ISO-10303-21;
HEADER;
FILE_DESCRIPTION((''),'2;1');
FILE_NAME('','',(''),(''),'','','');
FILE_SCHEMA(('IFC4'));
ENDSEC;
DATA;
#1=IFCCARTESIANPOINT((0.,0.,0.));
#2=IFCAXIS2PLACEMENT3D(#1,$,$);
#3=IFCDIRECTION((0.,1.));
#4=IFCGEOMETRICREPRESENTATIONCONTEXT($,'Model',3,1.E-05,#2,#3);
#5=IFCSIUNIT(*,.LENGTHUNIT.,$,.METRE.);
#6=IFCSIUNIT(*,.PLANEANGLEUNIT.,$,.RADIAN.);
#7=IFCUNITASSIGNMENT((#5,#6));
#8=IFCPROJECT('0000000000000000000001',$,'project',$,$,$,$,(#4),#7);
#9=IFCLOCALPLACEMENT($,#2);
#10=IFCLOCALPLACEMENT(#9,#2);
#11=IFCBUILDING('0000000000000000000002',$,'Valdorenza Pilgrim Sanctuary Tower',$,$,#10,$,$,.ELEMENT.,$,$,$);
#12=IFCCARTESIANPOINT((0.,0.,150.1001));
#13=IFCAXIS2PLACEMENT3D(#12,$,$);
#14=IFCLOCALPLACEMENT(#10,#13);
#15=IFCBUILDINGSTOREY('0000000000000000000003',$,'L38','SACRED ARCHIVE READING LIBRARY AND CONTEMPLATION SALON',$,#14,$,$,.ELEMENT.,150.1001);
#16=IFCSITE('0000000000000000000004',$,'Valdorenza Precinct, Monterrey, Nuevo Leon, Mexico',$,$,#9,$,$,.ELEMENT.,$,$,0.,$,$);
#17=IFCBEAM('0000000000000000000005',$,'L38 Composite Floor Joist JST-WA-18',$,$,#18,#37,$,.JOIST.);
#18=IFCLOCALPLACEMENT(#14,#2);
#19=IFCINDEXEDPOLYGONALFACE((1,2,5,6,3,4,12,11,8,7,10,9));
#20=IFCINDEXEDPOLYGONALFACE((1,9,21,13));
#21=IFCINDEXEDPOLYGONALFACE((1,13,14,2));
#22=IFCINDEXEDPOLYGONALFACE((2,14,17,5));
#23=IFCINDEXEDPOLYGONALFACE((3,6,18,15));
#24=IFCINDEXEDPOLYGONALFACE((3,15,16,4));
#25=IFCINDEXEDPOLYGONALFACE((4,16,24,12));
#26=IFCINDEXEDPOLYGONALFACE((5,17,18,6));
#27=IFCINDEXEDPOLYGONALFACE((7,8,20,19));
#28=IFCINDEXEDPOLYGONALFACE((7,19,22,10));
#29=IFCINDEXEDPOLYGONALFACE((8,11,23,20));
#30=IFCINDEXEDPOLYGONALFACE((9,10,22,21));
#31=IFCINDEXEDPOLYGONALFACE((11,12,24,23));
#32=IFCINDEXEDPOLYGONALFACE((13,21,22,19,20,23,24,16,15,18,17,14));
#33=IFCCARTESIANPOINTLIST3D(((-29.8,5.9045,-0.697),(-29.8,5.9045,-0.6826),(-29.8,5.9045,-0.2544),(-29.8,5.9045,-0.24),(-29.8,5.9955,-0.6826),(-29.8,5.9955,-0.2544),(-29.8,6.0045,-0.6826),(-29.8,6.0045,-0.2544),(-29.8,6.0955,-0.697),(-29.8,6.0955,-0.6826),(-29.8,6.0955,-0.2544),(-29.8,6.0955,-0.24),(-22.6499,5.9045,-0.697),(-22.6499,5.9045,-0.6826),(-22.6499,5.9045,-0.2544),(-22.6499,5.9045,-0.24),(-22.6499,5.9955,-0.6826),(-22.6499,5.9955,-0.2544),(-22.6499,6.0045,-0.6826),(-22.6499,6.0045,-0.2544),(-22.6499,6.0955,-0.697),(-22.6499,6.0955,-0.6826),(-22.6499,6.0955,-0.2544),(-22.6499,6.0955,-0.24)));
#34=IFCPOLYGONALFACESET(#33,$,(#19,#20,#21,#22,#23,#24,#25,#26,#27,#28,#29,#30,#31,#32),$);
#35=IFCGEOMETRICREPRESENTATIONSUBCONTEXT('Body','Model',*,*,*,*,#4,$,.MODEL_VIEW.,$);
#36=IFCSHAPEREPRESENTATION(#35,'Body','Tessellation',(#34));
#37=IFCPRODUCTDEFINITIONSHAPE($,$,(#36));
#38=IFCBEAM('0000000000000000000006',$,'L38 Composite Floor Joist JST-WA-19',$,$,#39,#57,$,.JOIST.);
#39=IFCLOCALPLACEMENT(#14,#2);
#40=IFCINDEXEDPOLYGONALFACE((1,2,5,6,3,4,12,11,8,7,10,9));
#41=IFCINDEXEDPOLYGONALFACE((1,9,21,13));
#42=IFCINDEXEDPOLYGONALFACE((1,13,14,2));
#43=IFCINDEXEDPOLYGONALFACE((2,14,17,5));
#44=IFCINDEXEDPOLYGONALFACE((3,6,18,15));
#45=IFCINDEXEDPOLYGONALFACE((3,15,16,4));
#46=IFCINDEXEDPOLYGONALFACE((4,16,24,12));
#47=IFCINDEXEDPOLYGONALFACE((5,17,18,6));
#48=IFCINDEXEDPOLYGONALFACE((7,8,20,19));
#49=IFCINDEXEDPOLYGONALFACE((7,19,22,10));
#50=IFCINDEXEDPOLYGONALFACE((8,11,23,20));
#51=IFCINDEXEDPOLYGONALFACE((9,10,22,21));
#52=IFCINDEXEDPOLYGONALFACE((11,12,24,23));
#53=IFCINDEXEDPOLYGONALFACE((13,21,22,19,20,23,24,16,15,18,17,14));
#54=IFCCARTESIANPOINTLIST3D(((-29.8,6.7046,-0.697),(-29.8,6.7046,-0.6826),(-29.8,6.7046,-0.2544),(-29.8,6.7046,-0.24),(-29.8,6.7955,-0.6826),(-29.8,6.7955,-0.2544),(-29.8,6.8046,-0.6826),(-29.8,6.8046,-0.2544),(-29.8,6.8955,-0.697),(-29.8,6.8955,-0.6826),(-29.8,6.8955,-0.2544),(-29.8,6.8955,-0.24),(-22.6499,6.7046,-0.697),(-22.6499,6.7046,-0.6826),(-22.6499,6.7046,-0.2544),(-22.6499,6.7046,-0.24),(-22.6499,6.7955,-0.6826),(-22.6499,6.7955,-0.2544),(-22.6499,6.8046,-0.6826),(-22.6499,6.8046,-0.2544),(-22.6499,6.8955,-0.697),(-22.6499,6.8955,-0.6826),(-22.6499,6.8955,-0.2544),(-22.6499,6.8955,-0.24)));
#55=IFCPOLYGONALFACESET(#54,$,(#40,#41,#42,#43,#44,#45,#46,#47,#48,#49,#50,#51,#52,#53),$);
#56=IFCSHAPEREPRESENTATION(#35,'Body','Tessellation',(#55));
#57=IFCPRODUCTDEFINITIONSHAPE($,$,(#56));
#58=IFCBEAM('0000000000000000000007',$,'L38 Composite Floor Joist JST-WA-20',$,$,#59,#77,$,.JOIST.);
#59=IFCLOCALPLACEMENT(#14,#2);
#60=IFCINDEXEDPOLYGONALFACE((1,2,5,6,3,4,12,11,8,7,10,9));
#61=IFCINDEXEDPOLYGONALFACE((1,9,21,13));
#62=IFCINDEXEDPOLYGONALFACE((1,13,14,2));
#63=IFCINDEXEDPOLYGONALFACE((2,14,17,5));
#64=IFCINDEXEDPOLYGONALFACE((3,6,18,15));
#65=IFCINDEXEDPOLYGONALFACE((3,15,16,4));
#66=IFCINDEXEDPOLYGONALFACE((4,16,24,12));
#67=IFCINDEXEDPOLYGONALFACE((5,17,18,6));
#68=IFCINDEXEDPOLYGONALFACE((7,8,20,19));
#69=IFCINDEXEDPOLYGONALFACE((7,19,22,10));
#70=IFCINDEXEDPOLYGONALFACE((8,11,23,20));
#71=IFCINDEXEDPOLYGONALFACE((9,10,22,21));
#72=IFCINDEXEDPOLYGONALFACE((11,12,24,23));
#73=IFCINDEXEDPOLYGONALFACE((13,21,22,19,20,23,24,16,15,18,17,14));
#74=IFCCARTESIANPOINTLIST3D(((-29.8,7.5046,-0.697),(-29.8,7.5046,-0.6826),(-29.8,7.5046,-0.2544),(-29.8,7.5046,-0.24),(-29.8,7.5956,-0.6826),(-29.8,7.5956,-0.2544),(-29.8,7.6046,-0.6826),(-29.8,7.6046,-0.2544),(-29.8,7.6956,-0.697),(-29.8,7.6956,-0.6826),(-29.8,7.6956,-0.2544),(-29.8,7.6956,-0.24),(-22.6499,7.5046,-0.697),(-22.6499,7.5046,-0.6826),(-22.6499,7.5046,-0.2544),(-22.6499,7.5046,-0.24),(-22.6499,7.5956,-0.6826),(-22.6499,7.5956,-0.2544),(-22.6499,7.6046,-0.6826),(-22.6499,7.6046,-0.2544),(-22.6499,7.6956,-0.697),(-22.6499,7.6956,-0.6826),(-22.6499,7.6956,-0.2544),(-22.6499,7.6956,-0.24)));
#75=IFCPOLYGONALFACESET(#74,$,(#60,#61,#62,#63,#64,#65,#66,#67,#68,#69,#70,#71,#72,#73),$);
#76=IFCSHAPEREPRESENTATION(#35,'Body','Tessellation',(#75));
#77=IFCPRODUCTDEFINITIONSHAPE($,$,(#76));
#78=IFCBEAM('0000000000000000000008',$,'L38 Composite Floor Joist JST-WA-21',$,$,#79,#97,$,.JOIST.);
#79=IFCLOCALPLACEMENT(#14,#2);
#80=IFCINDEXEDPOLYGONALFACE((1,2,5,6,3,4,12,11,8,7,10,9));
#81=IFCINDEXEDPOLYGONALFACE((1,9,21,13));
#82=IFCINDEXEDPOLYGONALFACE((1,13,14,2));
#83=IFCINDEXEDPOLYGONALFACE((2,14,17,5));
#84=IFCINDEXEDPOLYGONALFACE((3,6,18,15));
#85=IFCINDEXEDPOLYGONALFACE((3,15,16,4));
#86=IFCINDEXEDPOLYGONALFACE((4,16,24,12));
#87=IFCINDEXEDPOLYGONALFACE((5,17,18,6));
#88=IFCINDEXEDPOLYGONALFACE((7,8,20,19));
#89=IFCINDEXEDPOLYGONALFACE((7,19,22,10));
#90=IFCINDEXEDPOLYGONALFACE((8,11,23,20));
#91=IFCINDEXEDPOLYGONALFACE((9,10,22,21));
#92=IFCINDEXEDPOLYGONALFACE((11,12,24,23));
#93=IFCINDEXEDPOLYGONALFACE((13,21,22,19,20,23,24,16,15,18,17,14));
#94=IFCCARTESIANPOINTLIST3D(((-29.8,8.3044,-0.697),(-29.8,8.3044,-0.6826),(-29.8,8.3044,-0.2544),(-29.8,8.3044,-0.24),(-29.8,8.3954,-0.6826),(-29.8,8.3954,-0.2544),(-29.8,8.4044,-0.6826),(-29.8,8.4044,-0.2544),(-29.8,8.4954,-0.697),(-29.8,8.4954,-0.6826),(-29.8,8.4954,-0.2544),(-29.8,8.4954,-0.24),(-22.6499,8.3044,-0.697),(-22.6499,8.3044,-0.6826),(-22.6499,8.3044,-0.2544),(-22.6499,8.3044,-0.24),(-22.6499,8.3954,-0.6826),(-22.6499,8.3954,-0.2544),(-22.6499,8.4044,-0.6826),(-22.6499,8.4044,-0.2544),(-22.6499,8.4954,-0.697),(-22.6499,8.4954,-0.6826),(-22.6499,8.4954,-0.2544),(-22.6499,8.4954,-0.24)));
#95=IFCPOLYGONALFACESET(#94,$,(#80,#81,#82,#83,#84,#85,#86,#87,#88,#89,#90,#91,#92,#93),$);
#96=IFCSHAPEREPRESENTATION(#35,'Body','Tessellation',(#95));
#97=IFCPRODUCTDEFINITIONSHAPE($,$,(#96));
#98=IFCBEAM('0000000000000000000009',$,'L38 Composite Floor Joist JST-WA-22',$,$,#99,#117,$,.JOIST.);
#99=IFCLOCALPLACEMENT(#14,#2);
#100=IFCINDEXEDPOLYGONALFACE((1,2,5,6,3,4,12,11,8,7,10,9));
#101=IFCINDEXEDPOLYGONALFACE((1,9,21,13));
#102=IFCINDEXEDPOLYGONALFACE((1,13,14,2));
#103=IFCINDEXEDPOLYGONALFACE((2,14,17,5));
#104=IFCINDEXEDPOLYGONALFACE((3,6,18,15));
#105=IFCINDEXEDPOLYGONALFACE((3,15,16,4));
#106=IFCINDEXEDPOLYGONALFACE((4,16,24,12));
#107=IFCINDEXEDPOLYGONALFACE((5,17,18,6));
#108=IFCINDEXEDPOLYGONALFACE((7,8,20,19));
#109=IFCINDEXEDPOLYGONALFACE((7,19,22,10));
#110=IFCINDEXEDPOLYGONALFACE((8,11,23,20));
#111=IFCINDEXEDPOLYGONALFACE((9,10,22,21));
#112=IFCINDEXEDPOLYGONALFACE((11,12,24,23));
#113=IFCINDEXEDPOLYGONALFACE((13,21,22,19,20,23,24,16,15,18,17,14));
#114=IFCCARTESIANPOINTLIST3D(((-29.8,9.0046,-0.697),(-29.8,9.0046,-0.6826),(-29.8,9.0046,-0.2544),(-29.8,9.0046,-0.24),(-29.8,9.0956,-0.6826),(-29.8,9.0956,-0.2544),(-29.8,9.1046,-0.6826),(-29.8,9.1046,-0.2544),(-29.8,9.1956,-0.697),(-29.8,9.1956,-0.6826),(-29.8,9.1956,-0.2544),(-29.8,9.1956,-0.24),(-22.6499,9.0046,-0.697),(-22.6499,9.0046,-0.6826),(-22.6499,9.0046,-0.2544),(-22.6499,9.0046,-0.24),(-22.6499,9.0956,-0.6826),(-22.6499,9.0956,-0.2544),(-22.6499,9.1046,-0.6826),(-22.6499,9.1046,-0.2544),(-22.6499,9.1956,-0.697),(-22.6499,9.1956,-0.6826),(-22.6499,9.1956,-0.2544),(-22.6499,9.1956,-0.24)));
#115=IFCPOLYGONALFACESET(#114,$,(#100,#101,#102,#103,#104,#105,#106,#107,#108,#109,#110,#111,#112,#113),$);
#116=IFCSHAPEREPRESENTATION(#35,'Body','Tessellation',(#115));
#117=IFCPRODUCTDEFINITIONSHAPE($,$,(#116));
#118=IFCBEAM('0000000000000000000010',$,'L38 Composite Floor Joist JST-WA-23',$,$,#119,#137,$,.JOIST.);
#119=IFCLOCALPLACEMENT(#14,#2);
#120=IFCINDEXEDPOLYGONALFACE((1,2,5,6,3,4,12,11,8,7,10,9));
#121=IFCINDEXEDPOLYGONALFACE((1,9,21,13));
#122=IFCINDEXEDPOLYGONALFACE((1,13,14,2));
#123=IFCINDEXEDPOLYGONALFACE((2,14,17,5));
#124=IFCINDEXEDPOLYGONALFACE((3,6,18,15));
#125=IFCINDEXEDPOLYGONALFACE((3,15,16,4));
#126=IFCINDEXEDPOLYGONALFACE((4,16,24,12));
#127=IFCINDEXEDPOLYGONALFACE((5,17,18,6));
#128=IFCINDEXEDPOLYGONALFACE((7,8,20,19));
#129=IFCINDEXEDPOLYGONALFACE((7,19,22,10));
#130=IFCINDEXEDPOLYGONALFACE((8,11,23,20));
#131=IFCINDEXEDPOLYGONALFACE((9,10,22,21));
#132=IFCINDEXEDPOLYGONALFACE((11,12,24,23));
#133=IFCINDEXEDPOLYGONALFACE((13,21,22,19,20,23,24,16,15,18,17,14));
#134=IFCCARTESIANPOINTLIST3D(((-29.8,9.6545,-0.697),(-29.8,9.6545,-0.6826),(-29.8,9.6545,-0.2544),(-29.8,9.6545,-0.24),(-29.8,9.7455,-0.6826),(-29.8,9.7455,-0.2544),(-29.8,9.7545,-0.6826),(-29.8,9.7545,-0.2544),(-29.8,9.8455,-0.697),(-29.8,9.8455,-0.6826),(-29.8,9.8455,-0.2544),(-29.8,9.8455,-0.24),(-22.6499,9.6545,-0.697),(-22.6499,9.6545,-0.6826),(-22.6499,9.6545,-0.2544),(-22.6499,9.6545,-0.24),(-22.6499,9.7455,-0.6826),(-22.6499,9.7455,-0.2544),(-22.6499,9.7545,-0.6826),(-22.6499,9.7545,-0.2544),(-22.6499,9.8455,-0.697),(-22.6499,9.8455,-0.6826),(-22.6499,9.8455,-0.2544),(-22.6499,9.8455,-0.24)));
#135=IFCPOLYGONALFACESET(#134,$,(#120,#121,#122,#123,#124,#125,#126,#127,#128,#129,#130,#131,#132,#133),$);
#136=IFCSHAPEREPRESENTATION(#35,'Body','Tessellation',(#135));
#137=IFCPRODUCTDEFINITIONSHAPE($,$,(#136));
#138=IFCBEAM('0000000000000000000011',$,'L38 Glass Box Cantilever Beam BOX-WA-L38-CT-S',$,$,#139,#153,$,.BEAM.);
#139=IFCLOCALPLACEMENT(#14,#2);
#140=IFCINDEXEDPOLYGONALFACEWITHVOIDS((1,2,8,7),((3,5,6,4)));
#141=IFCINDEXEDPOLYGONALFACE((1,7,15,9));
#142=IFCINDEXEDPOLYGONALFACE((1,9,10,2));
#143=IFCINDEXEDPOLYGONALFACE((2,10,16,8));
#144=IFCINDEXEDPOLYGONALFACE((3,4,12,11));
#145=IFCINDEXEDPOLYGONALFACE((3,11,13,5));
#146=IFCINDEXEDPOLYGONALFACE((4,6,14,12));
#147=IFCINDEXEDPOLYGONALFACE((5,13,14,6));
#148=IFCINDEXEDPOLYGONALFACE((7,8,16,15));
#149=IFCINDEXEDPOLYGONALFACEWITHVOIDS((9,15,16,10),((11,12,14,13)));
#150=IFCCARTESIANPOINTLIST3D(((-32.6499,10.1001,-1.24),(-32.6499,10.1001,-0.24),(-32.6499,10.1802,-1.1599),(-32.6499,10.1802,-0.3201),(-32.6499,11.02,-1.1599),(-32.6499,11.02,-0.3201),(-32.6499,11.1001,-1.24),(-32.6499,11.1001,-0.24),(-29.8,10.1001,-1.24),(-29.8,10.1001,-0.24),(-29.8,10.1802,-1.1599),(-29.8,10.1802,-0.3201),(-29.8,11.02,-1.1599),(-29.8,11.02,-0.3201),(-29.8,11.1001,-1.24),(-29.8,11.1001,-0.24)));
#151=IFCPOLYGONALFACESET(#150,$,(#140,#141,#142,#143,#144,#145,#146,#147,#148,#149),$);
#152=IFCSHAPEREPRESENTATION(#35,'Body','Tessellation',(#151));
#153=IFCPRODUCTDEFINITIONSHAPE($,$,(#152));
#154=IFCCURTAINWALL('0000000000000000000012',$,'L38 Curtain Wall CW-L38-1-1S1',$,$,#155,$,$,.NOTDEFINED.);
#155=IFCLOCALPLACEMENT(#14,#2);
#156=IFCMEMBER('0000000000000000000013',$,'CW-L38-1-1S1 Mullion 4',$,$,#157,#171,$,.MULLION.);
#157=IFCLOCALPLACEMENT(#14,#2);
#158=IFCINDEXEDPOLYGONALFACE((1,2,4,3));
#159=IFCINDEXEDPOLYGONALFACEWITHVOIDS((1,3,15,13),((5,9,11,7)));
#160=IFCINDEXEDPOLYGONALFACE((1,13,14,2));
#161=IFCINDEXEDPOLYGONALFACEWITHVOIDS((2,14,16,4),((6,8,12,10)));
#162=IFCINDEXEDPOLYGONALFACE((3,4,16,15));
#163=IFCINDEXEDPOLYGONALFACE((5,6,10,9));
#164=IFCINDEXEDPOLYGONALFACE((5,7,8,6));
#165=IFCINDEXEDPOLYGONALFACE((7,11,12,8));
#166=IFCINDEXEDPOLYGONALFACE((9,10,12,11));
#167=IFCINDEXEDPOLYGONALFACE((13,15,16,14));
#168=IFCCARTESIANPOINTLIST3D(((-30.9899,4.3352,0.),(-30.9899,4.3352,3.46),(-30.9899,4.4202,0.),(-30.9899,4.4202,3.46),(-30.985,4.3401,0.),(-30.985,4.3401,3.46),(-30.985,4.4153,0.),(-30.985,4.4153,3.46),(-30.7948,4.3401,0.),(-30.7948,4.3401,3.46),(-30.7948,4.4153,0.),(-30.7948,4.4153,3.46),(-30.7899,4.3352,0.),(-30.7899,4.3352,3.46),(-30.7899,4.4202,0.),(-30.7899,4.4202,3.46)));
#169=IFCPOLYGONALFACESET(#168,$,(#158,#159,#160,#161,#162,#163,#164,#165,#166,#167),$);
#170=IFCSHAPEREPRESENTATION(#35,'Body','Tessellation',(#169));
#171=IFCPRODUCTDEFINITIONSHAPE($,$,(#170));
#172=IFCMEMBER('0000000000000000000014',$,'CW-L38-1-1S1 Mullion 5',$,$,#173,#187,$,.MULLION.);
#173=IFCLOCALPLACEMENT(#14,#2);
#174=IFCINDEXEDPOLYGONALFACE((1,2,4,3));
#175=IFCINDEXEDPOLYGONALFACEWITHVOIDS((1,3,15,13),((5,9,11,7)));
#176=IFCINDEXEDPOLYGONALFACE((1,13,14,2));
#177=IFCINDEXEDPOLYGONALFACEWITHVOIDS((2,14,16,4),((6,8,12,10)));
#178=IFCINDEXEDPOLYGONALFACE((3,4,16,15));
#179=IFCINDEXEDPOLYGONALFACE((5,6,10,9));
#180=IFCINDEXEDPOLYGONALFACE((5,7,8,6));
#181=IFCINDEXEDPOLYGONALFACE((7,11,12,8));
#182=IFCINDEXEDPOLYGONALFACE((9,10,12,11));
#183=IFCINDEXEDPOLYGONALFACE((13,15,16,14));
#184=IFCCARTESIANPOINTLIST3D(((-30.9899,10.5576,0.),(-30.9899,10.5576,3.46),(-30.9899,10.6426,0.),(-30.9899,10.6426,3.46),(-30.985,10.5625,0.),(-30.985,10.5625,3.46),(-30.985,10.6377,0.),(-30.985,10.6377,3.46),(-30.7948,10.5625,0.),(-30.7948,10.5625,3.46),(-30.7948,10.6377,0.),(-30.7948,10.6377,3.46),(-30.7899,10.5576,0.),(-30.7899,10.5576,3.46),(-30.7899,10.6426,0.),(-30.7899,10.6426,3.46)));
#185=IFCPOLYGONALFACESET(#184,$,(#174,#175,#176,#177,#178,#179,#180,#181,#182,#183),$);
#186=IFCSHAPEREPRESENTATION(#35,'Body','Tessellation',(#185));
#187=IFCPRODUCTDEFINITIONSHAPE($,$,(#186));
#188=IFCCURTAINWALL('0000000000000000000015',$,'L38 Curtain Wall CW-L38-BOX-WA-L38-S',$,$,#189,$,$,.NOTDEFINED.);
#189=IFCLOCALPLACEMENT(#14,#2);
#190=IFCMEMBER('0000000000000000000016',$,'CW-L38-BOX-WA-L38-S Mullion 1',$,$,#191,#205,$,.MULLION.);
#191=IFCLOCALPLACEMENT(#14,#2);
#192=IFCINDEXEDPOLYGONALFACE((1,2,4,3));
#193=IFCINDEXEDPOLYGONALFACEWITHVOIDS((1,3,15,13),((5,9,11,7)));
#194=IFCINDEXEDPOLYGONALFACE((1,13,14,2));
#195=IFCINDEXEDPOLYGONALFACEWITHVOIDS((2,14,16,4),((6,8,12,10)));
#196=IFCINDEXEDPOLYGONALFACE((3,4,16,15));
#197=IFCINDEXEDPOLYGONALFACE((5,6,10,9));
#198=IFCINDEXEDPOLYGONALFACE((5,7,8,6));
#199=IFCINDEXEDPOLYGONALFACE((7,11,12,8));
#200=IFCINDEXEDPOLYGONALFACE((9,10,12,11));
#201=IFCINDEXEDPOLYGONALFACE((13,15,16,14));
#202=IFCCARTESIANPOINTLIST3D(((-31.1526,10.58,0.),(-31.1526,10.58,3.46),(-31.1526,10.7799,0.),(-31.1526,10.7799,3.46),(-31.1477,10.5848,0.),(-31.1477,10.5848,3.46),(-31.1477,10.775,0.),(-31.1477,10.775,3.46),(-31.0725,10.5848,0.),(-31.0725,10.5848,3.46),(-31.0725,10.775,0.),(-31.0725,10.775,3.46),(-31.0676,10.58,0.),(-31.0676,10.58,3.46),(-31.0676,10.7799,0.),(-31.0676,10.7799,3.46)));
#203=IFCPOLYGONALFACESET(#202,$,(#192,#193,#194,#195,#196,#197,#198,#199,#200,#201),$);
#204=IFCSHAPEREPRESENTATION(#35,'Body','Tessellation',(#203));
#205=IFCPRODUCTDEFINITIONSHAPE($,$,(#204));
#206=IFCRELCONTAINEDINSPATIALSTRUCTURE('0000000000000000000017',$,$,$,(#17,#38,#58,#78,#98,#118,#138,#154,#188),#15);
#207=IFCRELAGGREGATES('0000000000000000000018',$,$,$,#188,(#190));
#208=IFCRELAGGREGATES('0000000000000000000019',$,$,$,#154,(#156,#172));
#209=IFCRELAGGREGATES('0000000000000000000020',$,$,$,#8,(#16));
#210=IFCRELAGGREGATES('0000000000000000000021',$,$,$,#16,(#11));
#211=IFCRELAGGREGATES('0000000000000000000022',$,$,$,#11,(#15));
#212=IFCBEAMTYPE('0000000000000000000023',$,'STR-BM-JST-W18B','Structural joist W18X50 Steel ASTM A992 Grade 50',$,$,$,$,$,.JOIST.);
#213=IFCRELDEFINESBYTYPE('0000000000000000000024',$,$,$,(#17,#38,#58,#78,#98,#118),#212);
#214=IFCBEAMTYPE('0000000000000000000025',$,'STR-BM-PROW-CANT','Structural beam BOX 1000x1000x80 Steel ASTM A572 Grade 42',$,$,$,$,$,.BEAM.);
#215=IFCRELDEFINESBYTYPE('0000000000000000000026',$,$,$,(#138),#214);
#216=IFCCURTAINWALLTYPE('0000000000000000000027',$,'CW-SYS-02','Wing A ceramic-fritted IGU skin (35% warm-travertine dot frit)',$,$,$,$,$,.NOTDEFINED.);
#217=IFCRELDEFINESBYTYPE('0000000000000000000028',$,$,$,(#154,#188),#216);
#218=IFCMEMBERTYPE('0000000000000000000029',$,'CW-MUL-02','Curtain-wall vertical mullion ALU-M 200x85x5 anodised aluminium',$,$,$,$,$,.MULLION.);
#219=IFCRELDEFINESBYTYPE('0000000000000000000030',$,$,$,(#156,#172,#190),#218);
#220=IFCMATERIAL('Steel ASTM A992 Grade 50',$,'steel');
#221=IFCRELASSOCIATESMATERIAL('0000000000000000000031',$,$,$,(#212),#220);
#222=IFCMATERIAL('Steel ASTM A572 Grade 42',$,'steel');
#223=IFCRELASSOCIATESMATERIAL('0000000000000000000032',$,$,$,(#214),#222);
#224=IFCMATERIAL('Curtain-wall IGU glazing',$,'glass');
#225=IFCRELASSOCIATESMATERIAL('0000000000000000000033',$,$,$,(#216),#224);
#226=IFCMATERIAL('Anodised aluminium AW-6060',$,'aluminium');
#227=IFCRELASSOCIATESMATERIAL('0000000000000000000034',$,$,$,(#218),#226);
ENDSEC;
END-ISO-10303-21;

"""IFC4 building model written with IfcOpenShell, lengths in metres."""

from ifc_helpers import new_model, si_unit, direction, frame, origin, origin_2d, place, context, subcontext, project, spatial, hollow_rectangle, i_section, extrude, source, transform, mapped, material, material_profile, profile_set, type_object, element, aggregate, save


model = new_model("IFC4")

# Units and contexts
model_context = context("Model", 3, precision=1e-05, world=origin(), true_north=direction((0.0, 1.0)))
body_context = subcontext(model_context, "Body", "Model", "MODEL_VIEW")
ifc_project = project(units=[si_unit("LENGTHUNIT", "METRE"), si_unit("PLANEANGLEUNIT", "RADIAN")], contexts=[model_context])

# Site, building, storey
site_placement = place(None, origin())
site = spatial("IfcSite", under=ifc_project, at=site_placement, Name="Valdorenza Precinct, Monterrey, Nuevo Leon, Mexico", CompositionType="ELEMENT", RefElevation=0.0)
building_placement = place(site_placement, origin())
building = spatial("IfcBuilding", under=site, at=building_placement, Name="Valdorenza Pilgrim Sanctuary Tower", CompositionType="ELEMENT")
storey_placement = place(building_placement, frame((0.0, 0.0, 150.1001)))
storey = spatial("IfcBuildingStorey", under=building, at=storey_placement, Name="L38", Description="SACRED ARCHIVE READING LIBRARY AND CONTEMPLATION SALON", CompositionType="ELEMENT", Elevation=150.1001)

# Beams
ifc_material_1 = material(Name="Steel ASTM A992 Grade 50", Category="steel")
ifc_material_profile_1 = material_profile(ifc_material_1, i_section(OverallWidth=0.1909, OverallDepth=0.457, WebThickness=0.009, FlangeThickness=0.0144, at=origin_2d()), Name="W18X50")
ifc_profile_set_1 = profile_set([ifc_material_profile_1], Name="Steel ASTM A992 Grade 50")
beam_type_1 = type_object("IfcBeamType", Name="STR-BM-JST-W18B", Description="Structural joist W18X50 Steel ASTM A992 Grade 50", PredefinedType="JOIST", material=ifc_profile_set_1)
shared_shape_1 = source(origin(), body_context, "Body", "SweptSolid", [
    extrude(i_section(OverallWidth=0.1909, OverallDepth=0.457, WebThickness=0.009, FlangeThickness=0.0144, at=origin_2d()), origin(), (0.0, 0.0, 1.0), 7.1501),
])
for number, where, z_axis, x_axis, name in (
    (1, (-29.8, 6.0, -0.4685), (1.0, 0.0, 0.0), (0.0, 1.0, 0.0), "L38 Composite Floor Joist JST-WA-18"),
    (2, (-29.8, 6.8, -0.4685), (1.0, 0.0, 0.0), (0.0, 1.0, 0.0), "L38 Composite Floor Joist JST-WA-19"),
    (3, (-29.8, 7.6001, -0.4685), (1.0, 0.0, 0.0), (0.0, 1.0, 0.0), "L38 Composite Floor Joist JST-WA-20"),
    (4, (-29.8, 8.3999, -0.4685), (1.0, 0.0, 0.0), (0.0, 1.0, 0.0), "L38 Composite Floor Joist JST-WA-21"),
    (5, (-29.8, 9.1001, -0.4685), (1.0, 0.0, 0.0), (0.0, 1.0, 0.0), "L38 Composite Floor Joist JST-WA-22"),
    (6, (-29.8, 9.75, -0.4685), (1.0, 0.0, 0.0), (0.0, 1.0, 0.0), "L38 Composite Floor Joist JST-WA-23"),
):
    element("IfcBeam", number, at=place(storey_placement, frame(where, z_axis=z_axis, x_axis=x_axis)), inside=storey, type_object=beam_type_1, Name=name, PredefinedType="JOIST", context=body_context, shape_type="MappedRepresentation", body=[
        mapped(shared_shape_1, transform((0.0, 0.0, 0.0), x_axis=(1.0, 0.0, 0.0), y_axis=(0.0, 1.0, 0.0), z_axis=(0.0, 0.0, 1.0), scale=1.0)),
    ])
ifc_material_2 = material(Name="Steel ASTM A572 Grade 42", Category="steel")
ifc_material_profile_2 = material_profile(ifc_material_2, hollow_rectangle(XDim=1.0, YDim=1.0, WallThickness=0.0801, at=origin_2d()), Name="BOX 1000x1000x80")
ifc_profile_set_2 = profile_set([ifc_material_profile_2], Name="Steel ASTM A572 Grade 42")
beam_type_2 = type_object("IfcBeamType", Name="STR-BM-PROW-CANT", Description="Structural beam BOX 1000x1000x80 Steel ASTM A572 Grade 42", PredefinedType="BEAM", material=ifc_profile_set_2)
shared_shape_2 = source(origin(), body_context, "Body", "SweptSolid", [
    extrude(hollow_rectangle(XDim=1.0, YDim=1.0, WallThickness=0.0801, at=origin_2d()), origin(), (0.0, 0.0, 1.0), 2.8499),
])
beam_1_placement = place(storey_placement, frame((-29.8, 10.6001, -0.74), z_axis=(-1.0, 0.0, 0.0), x_axis=(0.0, -1.0, 0.0)))
element("IfcBeam", 7, at=beam_1_placement, inside=storey, type_object=beam_type_2, Name="L38 Glass Box Cantilever Beam BOX-WA-L38-CT-S", PredefinedType="BEAM", context=body_context, shape_type="MappedRepresentation", body=[
    mapped(shared_shape_2, transform((0.0, 0.0, 0.0), x_axis=(1.0, 0.0, 0.0), y_axis=(0.0, 1.0, 0.0), z_axis=(0.0, 0.0, 1.0), scale=1.0)),
])

# Curtain walls, members
ifc_material_3 = material(Name="Curtain-wall IGU glazing", Category="glass")
curtain_wall_type = type_object("IfcCurtainWallType", Name="CW-SYS-02", Description="Wing A ceramic-fritted IGU skin (35% warm-travertine dot frit)", PredefinedType="NOTDEFINED", material=ifc_material_3)
curtain_wall_1_placement = place(storey_placement, origin())
curtain_wall_1 = element("IfcCurtainWall", 8, at=curtain_wall_1_placement, inside=storey, type_object=curtain_wall_type, Name="L38 Curtain Wall CW-L38-1-1S1", PredefinedType="NOTDEFINED")
ifc_material_4 = material(Name="Anodised aluminium AW-6060", Category="aluminium")
ifc_material_profile_3 = material_profile(ifc_material_4, hollow_rectangle(XDim=0.085, YDim=0.2, WallThickness=0.0049, at=origin_2d()), Name="ALU-M 200x85x5")
ifc_profile_set_3 = profile_set([ifc_material_profile_3], Name="Anodised aluminium AW-6060")
member_type_1 = type_object("IfcMemberType", Name="CW-MUL-02", Description="Curtain-wall vertical mullion ALU-M 200x85x5 anodised aluminium", PredefinedType="MULLION", material=ifc_profile_set_3)
shared_shape_3 = source(origin(), body_context, "Body", "SweptSolid", [
    extrude(hollow_rectangle(XDim=0.085, YDim=0.2, WallThickness=0.0049, at=origin_2d()), origin(), (0.0, 0.0, 1.0), 3.46),
])
member_1_placement = place(storey_placement, frame((-30.8899, 4.3777, 0.0), z_axis=(0.0, 0.0, 1.0), x_axis=(0.0, 1.0, 0.0)))
member_1 = element("IfcMember", 9, at=member_1_placement, type_object=member_type_1, Name="CW-L38-1-1S1 Mullion 4", PredefinedType="MULLION", context=body_context, shape_type="MappedRepresentation", body=[
    mapped(shared_shape_3, transform((0.0, 0.0, 0.0), x_axis=(1.0, 0.0, 0.0), y_axis=(0.0, 1.0, 0.0), z_axis=(0.0, 0.0, 1.0), scale=1.0)),
])
member_2_placement = place(storey_placement, frame((-30.8899, 10.6001, 0.0), z_axis=(0.0, 0.0, 1.0), x_axis=(0.0, 1.0, 0.0)))
member_2 = element("IfcMember", 10, at=member_2_placement, type_object=member_type_1, Name="CW-L38-1-1S1 Mullion 5", PredefinedType="MULLION", context=body_context, shape_type="MappedRepresentation", body=[
    mapped(shared_shape_3, transform((0.0, 0.0, 0.0), x_axis=(1.0, 0.0, 0.0), y_axis=(0.0, 1.0, 0.0), z_axis=(0.0, 0.0, 1.0), scale=1.0)),
])
curtain_wall_2_placement = place(storey_placement, origin())
curtain_wall_2 = element("IfcCurtainWall", 11, at=curtain_wall_2_placement, inside=storey, type_object=curtain_wall_type, Name="L38 Curtain Wall CW-L38-BOX-WA-L38-S", PredefinedType="NOTDEFINED")
member_3_placement = place(storey_placement, frame((-31.1101, 10.6799, 0.0), z_axis=(0.0, 0.0, 1.0), x_axis=(-1.0, 0.0, 0.0)))
member_3 = element("IfcMember", 12, at=member_3_placement, type_object=member_type_1, Name="CW-L38-BOX-WA-L38-S Mullion 1", PredefinedType="MULLION", context=body_context, shape_type="MappedRepresentation", body=[
    mapped(shared_shape_3, transform((0.0, 0.0, 0.0), x_axis=(1.0, 0.0, 0.0), y_axis=(0.0, 1.0, 0.0), z_axis=(0.0, 0.0, 1.0), scale=1.0)),
])

aggregate(curtain_wall_2, [member_3])
aggregate(curtain_wall_1, [member_1, member_2])

save(model, "model.ifc")
